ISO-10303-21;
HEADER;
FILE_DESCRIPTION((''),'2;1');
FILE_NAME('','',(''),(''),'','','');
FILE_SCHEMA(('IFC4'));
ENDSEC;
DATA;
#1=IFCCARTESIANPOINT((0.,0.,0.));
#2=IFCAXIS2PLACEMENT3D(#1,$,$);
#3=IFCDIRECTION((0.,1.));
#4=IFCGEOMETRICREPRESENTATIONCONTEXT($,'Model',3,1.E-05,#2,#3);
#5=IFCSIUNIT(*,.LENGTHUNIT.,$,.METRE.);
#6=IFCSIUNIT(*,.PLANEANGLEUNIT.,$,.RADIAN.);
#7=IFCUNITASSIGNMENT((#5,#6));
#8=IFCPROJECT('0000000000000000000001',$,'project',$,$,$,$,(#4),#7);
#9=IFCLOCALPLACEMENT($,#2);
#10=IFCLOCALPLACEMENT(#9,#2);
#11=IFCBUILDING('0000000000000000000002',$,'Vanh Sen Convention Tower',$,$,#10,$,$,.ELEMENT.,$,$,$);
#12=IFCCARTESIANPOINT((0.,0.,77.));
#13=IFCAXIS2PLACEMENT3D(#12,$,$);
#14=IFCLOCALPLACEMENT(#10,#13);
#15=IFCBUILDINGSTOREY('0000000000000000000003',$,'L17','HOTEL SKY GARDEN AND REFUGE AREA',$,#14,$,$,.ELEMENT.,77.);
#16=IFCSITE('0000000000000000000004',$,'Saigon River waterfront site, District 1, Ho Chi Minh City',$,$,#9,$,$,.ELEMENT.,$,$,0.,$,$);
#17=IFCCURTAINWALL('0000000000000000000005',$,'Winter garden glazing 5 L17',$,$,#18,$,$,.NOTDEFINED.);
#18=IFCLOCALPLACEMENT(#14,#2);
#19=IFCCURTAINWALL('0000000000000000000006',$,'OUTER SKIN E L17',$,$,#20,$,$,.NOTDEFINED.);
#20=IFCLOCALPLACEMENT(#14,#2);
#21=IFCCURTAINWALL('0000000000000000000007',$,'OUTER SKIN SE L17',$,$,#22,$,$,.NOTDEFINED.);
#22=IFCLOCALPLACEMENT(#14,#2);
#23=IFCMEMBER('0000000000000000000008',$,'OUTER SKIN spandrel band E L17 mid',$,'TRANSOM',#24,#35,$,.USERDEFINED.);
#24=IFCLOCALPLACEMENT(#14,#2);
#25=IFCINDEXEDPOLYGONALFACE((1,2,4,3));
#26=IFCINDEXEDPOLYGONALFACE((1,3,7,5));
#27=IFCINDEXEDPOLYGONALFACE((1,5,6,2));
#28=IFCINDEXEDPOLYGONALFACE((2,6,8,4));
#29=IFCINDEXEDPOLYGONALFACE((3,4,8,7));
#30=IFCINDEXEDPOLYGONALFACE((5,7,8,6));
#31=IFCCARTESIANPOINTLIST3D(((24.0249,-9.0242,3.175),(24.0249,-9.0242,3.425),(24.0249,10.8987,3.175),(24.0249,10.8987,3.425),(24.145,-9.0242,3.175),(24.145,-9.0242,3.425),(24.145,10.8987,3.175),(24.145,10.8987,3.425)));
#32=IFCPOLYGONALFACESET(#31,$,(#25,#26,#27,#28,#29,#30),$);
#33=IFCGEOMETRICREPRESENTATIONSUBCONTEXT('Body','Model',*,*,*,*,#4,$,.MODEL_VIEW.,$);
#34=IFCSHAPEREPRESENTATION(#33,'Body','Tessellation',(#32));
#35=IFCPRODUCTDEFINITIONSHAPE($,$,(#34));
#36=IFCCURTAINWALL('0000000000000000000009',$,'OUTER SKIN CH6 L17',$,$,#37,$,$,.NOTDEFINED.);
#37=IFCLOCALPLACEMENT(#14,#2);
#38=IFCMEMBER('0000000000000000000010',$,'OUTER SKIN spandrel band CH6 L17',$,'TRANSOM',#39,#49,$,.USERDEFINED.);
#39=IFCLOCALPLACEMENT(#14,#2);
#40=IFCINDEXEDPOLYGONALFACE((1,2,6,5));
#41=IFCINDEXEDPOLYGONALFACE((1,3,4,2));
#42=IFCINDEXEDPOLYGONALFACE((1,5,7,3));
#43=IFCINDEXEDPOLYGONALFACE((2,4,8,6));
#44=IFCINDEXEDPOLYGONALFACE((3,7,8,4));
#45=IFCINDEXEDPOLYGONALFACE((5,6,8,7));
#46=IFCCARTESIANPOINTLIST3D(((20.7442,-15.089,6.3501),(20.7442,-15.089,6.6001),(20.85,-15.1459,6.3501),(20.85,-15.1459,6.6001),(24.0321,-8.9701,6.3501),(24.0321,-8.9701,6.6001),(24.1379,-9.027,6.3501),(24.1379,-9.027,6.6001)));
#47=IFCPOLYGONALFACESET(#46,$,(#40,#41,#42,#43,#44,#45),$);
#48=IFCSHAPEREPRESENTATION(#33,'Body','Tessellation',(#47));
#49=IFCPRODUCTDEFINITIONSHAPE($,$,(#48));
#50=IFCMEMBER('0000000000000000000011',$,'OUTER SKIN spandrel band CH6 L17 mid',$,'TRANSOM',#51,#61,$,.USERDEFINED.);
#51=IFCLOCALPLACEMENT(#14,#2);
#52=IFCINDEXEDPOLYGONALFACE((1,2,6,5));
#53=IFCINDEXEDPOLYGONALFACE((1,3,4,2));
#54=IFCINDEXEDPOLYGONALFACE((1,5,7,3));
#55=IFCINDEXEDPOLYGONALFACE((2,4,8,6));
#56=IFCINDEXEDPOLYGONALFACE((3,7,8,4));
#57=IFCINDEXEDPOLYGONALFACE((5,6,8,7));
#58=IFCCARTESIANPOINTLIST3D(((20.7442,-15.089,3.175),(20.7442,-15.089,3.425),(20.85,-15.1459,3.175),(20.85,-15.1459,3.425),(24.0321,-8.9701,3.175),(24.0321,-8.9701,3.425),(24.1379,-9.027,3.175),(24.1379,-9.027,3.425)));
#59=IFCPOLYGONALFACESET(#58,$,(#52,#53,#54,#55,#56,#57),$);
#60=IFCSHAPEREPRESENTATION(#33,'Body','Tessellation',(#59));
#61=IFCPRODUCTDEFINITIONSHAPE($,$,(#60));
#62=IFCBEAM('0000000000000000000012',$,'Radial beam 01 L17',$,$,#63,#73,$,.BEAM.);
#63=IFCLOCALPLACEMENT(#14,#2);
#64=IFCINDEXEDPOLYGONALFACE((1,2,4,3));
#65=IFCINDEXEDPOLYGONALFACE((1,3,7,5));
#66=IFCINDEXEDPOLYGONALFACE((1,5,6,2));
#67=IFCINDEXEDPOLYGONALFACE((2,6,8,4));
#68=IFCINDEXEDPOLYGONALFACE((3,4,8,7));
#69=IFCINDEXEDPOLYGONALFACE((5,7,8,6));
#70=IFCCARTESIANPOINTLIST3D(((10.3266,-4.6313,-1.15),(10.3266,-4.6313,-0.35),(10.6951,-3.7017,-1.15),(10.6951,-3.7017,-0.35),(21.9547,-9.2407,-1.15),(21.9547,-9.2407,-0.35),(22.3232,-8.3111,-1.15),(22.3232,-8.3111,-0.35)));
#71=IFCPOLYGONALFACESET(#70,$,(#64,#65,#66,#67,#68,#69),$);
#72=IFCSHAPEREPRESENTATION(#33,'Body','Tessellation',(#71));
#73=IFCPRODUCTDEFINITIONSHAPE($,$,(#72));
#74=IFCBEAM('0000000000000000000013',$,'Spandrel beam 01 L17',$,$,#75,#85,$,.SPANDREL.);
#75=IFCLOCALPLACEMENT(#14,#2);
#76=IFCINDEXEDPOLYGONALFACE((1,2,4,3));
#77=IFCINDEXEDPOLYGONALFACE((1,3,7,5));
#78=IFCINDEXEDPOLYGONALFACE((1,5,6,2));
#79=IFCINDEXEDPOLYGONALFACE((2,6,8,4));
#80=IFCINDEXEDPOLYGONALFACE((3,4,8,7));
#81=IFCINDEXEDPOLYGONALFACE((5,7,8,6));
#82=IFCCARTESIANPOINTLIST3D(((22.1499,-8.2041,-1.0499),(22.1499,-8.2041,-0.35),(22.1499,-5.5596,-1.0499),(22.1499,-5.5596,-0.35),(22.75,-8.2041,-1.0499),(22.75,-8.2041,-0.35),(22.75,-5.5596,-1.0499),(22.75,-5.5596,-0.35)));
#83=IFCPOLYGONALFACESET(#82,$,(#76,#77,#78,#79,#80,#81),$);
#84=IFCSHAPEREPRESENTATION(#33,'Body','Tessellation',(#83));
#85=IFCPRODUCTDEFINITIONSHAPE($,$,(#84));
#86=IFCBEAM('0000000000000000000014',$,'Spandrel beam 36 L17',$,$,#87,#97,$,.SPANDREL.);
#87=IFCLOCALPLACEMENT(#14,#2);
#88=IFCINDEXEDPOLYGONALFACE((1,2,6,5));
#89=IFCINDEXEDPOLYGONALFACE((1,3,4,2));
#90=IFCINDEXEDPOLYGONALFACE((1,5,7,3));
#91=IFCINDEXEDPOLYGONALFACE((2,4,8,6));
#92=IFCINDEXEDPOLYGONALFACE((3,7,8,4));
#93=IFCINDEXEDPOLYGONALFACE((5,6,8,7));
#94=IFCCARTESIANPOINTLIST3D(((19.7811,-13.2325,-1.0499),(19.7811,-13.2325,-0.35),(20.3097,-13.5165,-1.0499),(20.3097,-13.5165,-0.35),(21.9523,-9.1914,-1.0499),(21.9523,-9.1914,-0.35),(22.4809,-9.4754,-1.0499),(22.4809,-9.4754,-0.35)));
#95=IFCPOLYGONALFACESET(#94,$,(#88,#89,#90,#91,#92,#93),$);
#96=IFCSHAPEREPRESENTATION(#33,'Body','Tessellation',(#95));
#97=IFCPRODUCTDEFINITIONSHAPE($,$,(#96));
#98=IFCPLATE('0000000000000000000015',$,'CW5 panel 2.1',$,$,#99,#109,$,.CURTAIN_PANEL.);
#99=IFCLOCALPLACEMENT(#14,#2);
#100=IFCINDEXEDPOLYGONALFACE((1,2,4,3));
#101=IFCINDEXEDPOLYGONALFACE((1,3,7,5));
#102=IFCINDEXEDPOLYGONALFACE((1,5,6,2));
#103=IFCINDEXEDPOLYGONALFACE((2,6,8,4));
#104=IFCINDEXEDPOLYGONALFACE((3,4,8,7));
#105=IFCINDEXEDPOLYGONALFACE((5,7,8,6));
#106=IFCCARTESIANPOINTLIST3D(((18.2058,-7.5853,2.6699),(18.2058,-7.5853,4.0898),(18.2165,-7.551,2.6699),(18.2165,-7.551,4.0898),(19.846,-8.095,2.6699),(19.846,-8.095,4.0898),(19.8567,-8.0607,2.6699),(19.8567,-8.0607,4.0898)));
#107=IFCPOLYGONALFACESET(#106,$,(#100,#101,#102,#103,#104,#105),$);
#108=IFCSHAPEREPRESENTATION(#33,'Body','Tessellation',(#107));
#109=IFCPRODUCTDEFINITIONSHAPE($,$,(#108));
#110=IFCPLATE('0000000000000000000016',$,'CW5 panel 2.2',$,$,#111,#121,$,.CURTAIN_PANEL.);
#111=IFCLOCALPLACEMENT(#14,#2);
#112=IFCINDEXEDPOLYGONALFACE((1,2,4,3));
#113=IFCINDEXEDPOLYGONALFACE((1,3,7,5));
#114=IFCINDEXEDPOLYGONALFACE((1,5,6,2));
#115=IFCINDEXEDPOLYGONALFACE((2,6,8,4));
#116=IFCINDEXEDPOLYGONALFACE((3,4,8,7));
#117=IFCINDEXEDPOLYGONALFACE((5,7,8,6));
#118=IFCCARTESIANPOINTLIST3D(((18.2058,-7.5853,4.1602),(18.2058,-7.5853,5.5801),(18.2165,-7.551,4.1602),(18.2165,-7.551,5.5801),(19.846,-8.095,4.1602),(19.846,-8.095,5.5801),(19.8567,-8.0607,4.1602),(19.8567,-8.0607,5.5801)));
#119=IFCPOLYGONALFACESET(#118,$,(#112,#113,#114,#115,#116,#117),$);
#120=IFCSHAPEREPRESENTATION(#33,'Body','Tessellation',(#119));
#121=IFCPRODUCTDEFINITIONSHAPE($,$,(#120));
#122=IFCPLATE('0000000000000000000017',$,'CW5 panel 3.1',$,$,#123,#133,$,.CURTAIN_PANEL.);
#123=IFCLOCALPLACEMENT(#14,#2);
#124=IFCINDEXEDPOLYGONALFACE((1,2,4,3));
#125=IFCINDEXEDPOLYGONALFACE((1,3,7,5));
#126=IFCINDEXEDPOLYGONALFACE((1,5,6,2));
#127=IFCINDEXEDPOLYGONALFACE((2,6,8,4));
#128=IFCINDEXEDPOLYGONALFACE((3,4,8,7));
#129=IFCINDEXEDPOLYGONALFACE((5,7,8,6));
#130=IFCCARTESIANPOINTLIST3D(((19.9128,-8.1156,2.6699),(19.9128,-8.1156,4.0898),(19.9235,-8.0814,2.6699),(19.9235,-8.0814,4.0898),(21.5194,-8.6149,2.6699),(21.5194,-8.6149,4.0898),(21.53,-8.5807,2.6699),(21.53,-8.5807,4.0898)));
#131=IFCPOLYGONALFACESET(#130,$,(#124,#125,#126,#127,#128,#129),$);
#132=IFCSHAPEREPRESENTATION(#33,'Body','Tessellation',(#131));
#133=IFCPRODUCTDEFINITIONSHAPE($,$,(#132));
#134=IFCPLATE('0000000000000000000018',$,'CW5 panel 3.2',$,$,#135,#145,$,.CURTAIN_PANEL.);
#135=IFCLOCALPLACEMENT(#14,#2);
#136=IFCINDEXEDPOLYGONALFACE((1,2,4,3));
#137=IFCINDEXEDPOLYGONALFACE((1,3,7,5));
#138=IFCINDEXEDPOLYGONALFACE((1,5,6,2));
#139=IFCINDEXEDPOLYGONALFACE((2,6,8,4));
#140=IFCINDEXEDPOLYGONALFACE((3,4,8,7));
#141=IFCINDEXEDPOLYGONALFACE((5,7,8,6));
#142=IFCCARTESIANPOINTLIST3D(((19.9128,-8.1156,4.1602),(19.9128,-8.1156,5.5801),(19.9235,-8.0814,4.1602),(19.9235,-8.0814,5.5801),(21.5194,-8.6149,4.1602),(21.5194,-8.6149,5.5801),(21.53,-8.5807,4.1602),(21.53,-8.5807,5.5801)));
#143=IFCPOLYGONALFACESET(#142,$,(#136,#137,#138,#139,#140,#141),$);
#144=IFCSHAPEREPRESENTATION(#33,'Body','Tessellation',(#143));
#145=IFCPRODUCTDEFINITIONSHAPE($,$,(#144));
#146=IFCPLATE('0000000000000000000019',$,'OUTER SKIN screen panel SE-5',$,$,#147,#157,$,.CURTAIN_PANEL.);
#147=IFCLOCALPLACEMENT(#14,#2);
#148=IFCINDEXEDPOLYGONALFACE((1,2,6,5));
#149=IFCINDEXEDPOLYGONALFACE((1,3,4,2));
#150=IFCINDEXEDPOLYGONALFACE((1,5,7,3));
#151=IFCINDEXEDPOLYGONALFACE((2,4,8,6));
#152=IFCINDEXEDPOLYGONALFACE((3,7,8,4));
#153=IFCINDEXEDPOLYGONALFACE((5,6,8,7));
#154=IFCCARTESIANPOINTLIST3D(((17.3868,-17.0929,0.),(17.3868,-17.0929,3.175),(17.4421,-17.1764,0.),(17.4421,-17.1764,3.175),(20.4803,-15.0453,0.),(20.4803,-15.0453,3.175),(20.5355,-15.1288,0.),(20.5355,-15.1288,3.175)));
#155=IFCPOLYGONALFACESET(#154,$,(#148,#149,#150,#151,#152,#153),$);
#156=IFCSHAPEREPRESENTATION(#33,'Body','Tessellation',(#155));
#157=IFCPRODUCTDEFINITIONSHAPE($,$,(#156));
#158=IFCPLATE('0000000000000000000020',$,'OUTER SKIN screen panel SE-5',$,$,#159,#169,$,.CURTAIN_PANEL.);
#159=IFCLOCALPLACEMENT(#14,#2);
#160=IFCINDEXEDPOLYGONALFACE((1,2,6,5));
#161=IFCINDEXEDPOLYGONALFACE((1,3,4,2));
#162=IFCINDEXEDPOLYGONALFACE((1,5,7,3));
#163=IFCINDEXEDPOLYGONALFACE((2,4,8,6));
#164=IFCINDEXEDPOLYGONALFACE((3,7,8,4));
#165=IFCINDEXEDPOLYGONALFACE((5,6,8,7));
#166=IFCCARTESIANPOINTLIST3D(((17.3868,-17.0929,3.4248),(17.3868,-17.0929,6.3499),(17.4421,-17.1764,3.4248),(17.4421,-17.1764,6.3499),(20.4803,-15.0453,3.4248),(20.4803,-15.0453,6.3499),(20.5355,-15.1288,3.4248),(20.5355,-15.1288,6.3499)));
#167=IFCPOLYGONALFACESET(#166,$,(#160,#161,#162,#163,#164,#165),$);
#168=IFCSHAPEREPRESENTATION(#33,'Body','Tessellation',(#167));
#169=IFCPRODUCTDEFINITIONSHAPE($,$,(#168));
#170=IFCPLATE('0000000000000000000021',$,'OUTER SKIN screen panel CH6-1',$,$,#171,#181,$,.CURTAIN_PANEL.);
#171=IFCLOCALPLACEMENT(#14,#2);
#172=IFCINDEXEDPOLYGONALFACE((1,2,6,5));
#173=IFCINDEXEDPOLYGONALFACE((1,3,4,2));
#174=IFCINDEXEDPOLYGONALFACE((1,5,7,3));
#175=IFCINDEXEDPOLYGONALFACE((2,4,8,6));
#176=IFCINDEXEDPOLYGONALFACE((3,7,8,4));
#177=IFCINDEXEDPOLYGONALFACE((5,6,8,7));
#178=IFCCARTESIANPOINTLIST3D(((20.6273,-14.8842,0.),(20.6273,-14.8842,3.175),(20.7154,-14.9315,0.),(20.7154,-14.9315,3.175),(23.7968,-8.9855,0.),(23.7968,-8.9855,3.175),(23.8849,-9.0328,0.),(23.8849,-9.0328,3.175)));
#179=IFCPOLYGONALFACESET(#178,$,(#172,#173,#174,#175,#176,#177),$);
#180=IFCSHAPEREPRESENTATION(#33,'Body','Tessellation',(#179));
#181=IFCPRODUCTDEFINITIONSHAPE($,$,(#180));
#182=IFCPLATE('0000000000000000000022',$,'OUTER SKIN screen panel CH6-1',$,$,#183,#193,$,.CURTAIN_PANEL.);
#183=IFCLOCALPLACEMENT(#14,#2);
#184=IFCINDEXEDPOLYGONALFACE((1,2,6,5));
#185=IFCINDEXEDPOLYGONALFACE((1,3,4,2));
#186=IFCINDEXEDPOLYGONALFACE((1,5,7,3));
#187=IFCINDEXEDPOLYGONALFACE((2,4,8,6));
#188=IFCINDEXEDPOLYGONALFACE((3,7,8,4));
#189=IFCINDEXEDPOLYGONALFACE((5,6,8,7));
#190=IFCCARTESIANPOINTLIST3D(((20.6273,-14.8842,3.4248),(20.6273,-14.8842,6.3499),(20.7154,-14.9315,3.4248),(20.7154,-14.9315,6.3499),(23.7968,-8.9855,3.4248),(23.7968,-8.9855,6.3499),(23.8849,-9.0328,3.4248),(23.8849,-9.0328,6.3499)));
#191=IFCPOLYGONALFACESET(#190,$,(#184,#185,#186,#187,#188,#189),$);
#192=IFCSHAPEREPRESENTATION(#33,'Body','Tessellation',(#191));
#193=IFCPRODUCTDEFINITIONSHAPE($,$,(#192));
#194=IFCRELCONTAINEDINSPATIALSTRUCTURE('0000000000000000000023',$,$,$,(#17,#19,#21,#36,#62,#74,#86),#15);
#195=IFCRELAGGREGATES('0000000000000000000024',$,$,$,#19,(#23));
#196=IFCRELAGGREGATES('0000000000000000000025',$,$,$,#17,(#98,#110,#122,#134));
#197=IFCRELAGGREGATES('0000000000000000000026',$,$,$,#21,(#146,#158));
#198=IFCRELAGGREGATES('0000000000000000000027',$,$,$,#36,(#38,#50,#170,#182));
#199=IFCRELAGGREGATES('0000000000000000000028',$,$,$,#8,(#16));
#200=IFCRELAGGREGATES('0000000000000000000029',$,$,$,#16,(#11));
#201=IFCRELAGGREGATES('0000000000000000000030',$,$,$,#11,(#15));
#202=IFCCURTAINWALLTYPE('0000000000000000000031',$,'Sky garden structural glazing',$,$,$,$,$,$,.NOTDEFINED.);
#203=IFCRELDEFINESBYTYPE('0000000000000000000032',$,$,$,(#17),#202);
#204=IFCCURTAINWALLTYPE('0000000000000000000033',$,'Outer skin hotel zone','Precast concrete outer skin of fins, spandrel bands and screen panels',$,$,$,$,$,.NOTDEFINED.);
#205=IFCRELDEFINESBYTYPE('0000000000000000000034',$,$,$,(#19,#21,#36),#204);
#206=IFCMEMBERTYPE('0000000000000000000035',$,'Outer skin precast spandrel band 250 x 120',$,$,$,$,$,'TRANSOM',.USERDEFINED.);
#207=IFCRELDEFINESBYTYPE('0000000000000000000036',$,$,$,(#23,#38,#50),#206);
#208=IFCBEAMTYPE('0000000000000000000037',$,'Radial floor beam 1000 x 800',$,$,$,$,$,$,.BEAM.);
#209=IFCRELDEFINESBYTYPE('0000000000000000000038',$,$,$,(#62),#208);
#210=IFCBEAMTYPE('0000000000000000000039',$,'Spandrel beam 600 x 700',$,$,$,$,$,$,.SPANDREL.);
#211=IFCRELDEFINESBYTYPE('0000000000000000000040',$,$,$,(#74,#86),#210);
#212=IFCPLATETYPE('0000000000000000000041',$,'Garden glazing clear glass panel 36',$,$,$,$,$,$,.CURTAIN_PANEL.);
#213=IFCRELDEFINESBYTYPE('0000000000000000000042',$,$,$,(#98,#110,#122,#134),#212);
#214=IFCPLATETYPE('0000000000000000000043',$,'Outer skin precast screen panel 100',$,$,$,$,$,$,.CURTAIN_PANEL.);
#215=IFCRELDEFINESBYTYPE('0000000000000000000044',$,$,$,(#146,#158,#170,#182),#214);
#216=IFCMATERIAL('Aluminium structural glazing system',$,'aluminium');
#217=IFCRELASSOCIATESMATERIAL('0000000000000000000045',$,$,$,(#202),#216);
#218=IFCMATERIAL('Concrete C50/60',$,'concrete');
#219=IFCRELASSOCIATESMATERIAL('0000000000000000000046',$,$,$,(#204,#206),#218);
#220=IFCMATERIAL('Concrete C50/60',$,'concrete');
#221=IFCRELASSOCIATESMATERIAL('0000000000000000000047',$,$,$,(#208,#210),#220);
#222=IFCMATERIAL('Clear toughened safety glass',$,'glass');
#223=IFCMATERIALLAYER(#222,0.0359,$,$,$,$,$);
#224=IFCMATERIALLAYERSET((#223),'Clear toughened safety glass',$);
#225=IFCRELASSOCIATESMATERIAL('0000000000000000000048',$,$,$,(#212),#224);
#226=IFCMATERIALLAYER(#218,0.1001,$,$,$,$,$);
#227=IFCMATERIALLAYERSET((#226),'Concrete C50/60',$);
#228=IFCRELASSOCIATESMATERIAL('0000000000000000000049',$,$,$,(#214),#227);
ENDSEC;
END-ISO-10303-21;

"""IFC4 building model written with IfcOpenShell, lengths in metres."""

from ifc_helpers import new_model, si_unit, direction, frame, origin, origin_2d, place, context, subcontext, project, spatial, rectangle, extrude, material, layer, layer_set, material_profile, profile_set, type_object, element, aggregate, save


model = new_model("IFC4")

# Units and contexts
model_context = context("Model", 3, precision=1e-05, world=origin(), true_north=direction((0.0, 1.0)))
body_context = subcontext(model_context, "Body", "Model", "MODEL_VIEW")
ifc_project = project(units=[si_unit("LENGTHUNIT", "METRE"), si_unit("PLANEANGLEUNIT", "RADIAN")], contexts=[model_context])

# Site, building, storey
site_placement = place(None, origin())
site = spatial("IfcSite", under=ifc_project, at=site_placement, Name="Saigon River waterfront site, District 1, Ho Chi Minh City", CompositionType="ELEMENT", RefElevation=0.0)
building_placement = place(site_placement, origin())
building = spatial("IfcBuilding", under=site, at=building_placement, Name="Vanh Sen Convention Tower", CompositionType="ELEMENT")
storey_placement = place(building_placement, frame((0.0, 0.0, 77.0)))
storey = spatial("IfcBuildingStorey", under=building, at=storey_placement, Name="L17", Description="HOTEL SKY GARDEN AND REFUGE AREA", CompositionType="ELEMENT", Elevation=77.0)

# Curtain wall
ifc_material_1 = material(Name="Aluminium structural glazing system", Category="aluminium")
curtain_wall_type_1 = type_object("IfcCurtainWallType", Name="Sky garden structural glazing", PredefinedType="NOTDEFINED", material=ifc_material_1)
curtain_wall_1_placement = place(storey_placement, origin())
curtain_wall_1 = element("IfcCurtainWall", 1, at=curtain_wall_1_placement, inside=storey, type_object=curtain_wall_type_1, Name="Winter garden glazing 5 L17", PredefinedType="NOTDEFINED")

# Curtain walls
ifc_material_2 = material(Name="Concrete C50/60", Category="concrete")
curtain_wall_type_2 = type_object("IfcCurtainWallType", Name="Outer skin hotel zone", Description="Precast concrete outer skin of fins, spandrel bands and screen panels", PredefinedType="NOTDEFINED", material=ifc_material_2)
curtain_wall_2_placement = place(storey_placement, origin())
curtain_wall_2 = element("IfcCurtainWall", 2, at=curtain_wall_2_placement, inside=storey, type_object=curtain_wall_type_2, Name="OUTER SKIN E L17", PredefinedType="NOTDEFINED")
curtain_wall_3_placement = place(storey_placement, origin())
curtain_wall_3 = element("IfcCurtainWall", 3, at=curtain_wall_3_placement, inside=storey, type_object=curtain_wall_type_2, Name="OUTER SKIN SE L17", PredefinedType="NOTDEFINED")

# Member
ifc_material_profile_1 = material_profile(ifc_material_2, rectangle(XDim=0.1201, YDim=0.25, at=origin_2d()), Name="Outer skin precast spandrel band 250 x 120")
ifc_profile_set_1 = profile_set([ifc_material_profile_1], Name="Concrete C50/60")
member_type_1 = type_object("IfcMemberType", Name="Outer skin precast spandrel band 250 x 120", ElementType="TRANSOM", PredefinedType="USERDEFINED", material=ifc_profile_set_1)
member_1_placement = place(storey_placement, frame((24.085, -9.0242, 3.3), z_axis=(0.0, 1.0, 0.0), x_axis=(-1.0, 0.0, 0.0)))
member_1 = element("IfcMember", 4, at=member_1_placement, type_object=member_type_1, Name="OUTER SKIN spandrel band E L17 mid", ObjectType="TRANSOM", PredefinedType="USERDEFINED", context=body_context, shape_type="SweptSolid", body=[
    extrude(rectangle(XDim=0.1201, YDim=0.25, at=origin_2d()), origin(), (0.0, 0.0, 1.0), 19.9229),
])
aggregate(curtain_wall_2, [member_1])

# Curtain wall, members
curtain_wall_4_placement = place(storey_placement, origin())
curtain_wall_4 = element("IfcCurtainWall", 5, at=curtain_wall_4_placement, inside=storey, type_object=curtain_wall_type_2, Name="OUTER SKIN CH6 L17", PredefinedType="NOTDEFINED")
member_2_placement = place(storey_placement, frame((20.7971, -15.1174, 6.4751), z_axis=(0.473324, 0.880888, 0.0), x_axis=(-0.880888, 0.473324, 0.0)))
member_2 = element("IfcMember", 6, at=member_2_placement, type_object=member_type_1, Name="OUTER SKIN spandrel band CH6 L17", ObjectType="TRANSOM", PredefinedType="USERDEFINED", context=body_context, shape_type="SweptSolid", body=[
    extrude(rectangle(XDim=0.1201, YDim=0.25, at=origin_2d()), origin(), (0.0, 0.0, 1.0), 6.9463),
])
member_3_placement = place(storey_placement, frame((20.7971, -15.1174, 3.3), z_axis=(0.473324, 0.880888, 0.0), x_axis=(-0.880888, 0.473324, 0.0)))
member_3 = element("IfcMember", 7, at=member_3_placement, type_object=member_type_1, Name="OUTER SKIN spandrel band CH6 L17 mid", ObjectType="TRANSOM", PredefinedType="USERDEFINED", context=body_context, shape_type="SweptSolid", body=[
    extrude(rectangle(XDim=0.1201, YDim=0.25, at=origin_2d()), origin(), (0.0, 0.0, 1.0), 6.9463),
])

# Beams
ifc_material_3 = material(Name="Concrete C50/60", Category="concrete")
ifc_material_profile_2 = material_profile(ifc_material_3, rectangle(XDim=1.0, YDim=0.8, at=origin_2d()), Name="RC 1000X800")
ifc_profile_set_2 = profile_set([ifc_material_profile_2], Name="Concrete C50/60")
beam_type_1 = type_object("IfcBeamType", Name="Radial floor beam 1000 x 800", PredefinedType="BEAM", material=ifc_profile_set_2)
beam_1_placement = place(storey_placement, frame((22.1389, -8.7759, -0.75), z_axis=(-0.929624, 0.368508, 0.0), x_axis=(-0.368508, -0.929624, 0.0)))
element("IfcBeam", 8, at=beam_1_placement, inside=storey, type_object=beam_type_1, Name="Radial beam 01 L17", PredefinedType="BEAM", context=body_context, shape_type="SweptSolid", body=[
    extrude(rectangle(XDim=1.0, YDim=0.8, at=origin_2d()), origin(), (0.0, 0.0, 1.0), 12.5083),
])
ifc_material_profile_3 = material_profile(ifc_material_3, rectangle(XDim=0.6001, YDim=0.7, at=origin_2d()), Name="RC 600X700")
ifc_profile_set_3 = profile_set([ifc_material_profile_3], Name="Concrete C50/60")
beam_type_2 = type_object("IfcBeamType", Name="Spandrel beam 600 x 700", PredefinedType="SPANDREL", material=ifc_profile_set_3)
beam_2_placement = place(storey_placement, frame((22.45, -8.2041, -0.7), z_axis=(0.0, 1.0, 0.0), x_axis=(-1.0, 0.0, 0.0)))
element("IfcBeam", 9, at=beam_2_placement, inside=storey, type_object=beam_type_2, Name="Spandrel beam 01 L17", PredefinedType="SPANDREL", context=body_context, shape_type="SweptSolid", body=[
    extrude(rectangle(XDim=0.6001, YDim=0.7, at=origin_2d()), origin(), (0.0, 0.0, 1.0), 2.6445),
])
beam_3_placement = place(storey_placement, frame((20.0454, -13.3745, -0.7), z_axis=(0.47329, 0.880907, 0.0), x_axis=(-0.880907, 0.47329, 0.0)))
element("IfcBeam", 10, at=beam_3_placement, inside=storey, type_object=beam_type_2, Name="Spandrel beam 36 L17", PredefinedType="SPANDREL", context=body_context, shape_type="SweptSolid", body=[
    extrude(rectangle(XDim=0.6001, YDim=0.7, at=origin_2d()), origin(), (0.0, 0.0, 1.0), 4.5874),
])

# Plates
ifc_material_4 = material(Name="Clear toughened safety glass", Category="glass")
ifc_layer_1 = layer(ifc_material_4, 0.0359)
ifc_layer_set_1 = layer_set([ifc_layer_1], Name="Clear toughened safety glass")
plate_type_1 = type_object("IfcPlateType", Name="Garden glazing clear glass panel 36", PredefinedType="CURTAIN_PANEL", material=ifc_layer_set_1)
plate_1_placement = place(storey_placement, frame((19.0312, -7.823, 2.6699), z_axis=(0.0, 0.0, 1.0), x_axis=(0.954947, -0.296776, 0.0)))
plate_1 = element("IfcPlate", 11, at=plate_1_placement, type_object=plate_type_1, Name="CW5 panel 2.1", PredefinedType="CURTAIN_PANEL", context=body_context, shape_type="SweptSolid", body=[
    extrude(rectangle(XDim=1.7175, YDim=0.0359, at=origin_2d()), origin(), (0.0, 0.0, 1.0), 1.4199),
])
plate_2_placement = place(storey_placement, frame((19.0312, -7.823, 4.1602), z_axis=(0.0, 0.0, 1.0), x_axis=(0.954947, -0.296776, 0.0)))
plate_2 = element("IfcPlate", 12, at=plate_2_placement, type_object=plate_type_1, Name="CW5 panel 2.2", PredefinedType="CURTAIN_PANEL", context=body_context, shape_type="SweptSolid", body=[
    extrude(rectangle(XDim=1.7175, YDim=0.0359, at=origin_2d()), origin(), (0.0, 0.0, 1.0), 1.4199),
])
plate_3_placement = place(storey_placement, frame((20.7214, -8.3481, 2.6699), z_axis=(0.0, 0.0, 1.0), x_axis=(0.954947, -0.296776, 0.0)))
plate_3 = element("IfcPlate", 13, at=plate_3_placement, type_object=plate_type_1, Name="CW5 panel 3.1", PredefinedType="CURTAIN_PANEL", context=body_context, shape_type="SweptSolid", body=[
    extrude(rectangle(XDim=1.6824, YDim=0.0359, at=origin_2d()), origin(), (0.0, 0.0, 1.0), 1.4199),
])
plate_4_placement = place(storey_placement, frame((20.7214, -8.3481, 4.1602), z_axis=(0.0, 0.0, 1.0), x_axis=(0.954947, -0.296776, 0.0)))
plate_4 = element("IfcPlate", 14, at=plate_4_placement, type_object=plate_type_1, Name="CW5 panel 3.2", PredefinedType="CURTAIN_PANEL", context=body_context, shape_type="SweptSolid", body=[
    extrude(rectangle(XDim=1.6824, YDim=0.0359, at=origin_2d()), origin(), (0.0, 0.0, 1.0), 1.4199),
])
aggregate(curtain_wall_1, [plate_1, plate_2, plate_3, plate_4])
ifc_layer_2 = layer(ifc_material_2, 0.1001)
ifc_layer_set_2 = layer_set([ifc_layer_2], Name="Concrete C50/60")
plate_type_2 = type_object("IfcPlateType", Name="Outer skin precast screen panel 100", PredefinedType="CURTAIN_PANEL", material=ifc_layer_set_2)
plate_5_placement = place(storey_placement, frame((18.9612, -16.1108, 0.0), z_axis=(0.0, 0.0, 1.0), x_axis=(0.83388, 0.551946, 0.0)))
plate_5 = element("IfcPlate", 15, at=plate_5_placement, type_object=plate_type_2, Name="OUTER SKIN screen panel SE-5", PredefinedType="CURTAIN_PANEL", context=body_context, shape_type="SweptSolid", body=[
    extrude(rectangle(XDim=3.7097, YDim=0.1001, at=origin_2d()), origin(), (0.0, 0.0, 1.0), 3.175),
])
plate_6_placement = place(storey_placement, frame((18.9612, -16.1108, 3.4248), z_axis=(0.0, 0.0, 1.0), x_axis=(0.83388, 0.551946, 0.0)))
plate_6 = element("IfcPlate", 16, at=plate_6_placement, type_object=plate_type_2, Name="OUTER SKIN screen panel SE-5", PredefinedType="CURTAIN_PANEL", context=body_context, shape_type="SweptSolid", body=[
    extrude(rectangle(XDim=3.7097, YDim=0.1001, at=origin_2d()), origin(), (0.0, 0.0, 1.0), 2.925),
])
aggregate(curtain_wall_3, [plate_5, plate_6])
plate_7_placement = place(storey_placement, frame((22.2561, -11.9585, 0.0), z_axis=(0.0, 0.0, 1.0), x_axis=(0.473323, 0.880889, 0.0)))
plate_7 = element("IfcPlate", 17, at=plate_7_placement, type_object=plate_type_2, Name="OUTER SKIN screen panel CH6-1", PredefinedType="CURTAIN_PANEL", context=body_context, shape_type="SweptSolid", body=[
    extrude(rectangle(XDim=6.6963, YDim=0.1001, at=origin_2d()), origin(), (0.0, 0.0, 1.0), 3.175),
])
plate_8_placement = place(storey_placement, frame((22.2561, -11.9585, 3.4248), z_axis=(0.0, 0.0, 1.0), x_axis=(0.473323, 0.880889, 0.0)))
plate_8 = element("IfcPlate", 18, at=plate_8_placement, type_object=plate_type_2, Name="OUTER SKIN screen panel CH6-1", PredefinedType="CURTAIN_PANEL", context=body_context, shape_type="SweptSolid", body=[
    extrude(rectangle(XDim=6.6963, YDim=0.1001, at=origin_2d()), origin(), (0.0, 0.0, 1.0), 2.925),
])
aggregate(curtain_wall_4, [member_2, member_3, plate_7, plate_8])

save(model, "model.ifc")
